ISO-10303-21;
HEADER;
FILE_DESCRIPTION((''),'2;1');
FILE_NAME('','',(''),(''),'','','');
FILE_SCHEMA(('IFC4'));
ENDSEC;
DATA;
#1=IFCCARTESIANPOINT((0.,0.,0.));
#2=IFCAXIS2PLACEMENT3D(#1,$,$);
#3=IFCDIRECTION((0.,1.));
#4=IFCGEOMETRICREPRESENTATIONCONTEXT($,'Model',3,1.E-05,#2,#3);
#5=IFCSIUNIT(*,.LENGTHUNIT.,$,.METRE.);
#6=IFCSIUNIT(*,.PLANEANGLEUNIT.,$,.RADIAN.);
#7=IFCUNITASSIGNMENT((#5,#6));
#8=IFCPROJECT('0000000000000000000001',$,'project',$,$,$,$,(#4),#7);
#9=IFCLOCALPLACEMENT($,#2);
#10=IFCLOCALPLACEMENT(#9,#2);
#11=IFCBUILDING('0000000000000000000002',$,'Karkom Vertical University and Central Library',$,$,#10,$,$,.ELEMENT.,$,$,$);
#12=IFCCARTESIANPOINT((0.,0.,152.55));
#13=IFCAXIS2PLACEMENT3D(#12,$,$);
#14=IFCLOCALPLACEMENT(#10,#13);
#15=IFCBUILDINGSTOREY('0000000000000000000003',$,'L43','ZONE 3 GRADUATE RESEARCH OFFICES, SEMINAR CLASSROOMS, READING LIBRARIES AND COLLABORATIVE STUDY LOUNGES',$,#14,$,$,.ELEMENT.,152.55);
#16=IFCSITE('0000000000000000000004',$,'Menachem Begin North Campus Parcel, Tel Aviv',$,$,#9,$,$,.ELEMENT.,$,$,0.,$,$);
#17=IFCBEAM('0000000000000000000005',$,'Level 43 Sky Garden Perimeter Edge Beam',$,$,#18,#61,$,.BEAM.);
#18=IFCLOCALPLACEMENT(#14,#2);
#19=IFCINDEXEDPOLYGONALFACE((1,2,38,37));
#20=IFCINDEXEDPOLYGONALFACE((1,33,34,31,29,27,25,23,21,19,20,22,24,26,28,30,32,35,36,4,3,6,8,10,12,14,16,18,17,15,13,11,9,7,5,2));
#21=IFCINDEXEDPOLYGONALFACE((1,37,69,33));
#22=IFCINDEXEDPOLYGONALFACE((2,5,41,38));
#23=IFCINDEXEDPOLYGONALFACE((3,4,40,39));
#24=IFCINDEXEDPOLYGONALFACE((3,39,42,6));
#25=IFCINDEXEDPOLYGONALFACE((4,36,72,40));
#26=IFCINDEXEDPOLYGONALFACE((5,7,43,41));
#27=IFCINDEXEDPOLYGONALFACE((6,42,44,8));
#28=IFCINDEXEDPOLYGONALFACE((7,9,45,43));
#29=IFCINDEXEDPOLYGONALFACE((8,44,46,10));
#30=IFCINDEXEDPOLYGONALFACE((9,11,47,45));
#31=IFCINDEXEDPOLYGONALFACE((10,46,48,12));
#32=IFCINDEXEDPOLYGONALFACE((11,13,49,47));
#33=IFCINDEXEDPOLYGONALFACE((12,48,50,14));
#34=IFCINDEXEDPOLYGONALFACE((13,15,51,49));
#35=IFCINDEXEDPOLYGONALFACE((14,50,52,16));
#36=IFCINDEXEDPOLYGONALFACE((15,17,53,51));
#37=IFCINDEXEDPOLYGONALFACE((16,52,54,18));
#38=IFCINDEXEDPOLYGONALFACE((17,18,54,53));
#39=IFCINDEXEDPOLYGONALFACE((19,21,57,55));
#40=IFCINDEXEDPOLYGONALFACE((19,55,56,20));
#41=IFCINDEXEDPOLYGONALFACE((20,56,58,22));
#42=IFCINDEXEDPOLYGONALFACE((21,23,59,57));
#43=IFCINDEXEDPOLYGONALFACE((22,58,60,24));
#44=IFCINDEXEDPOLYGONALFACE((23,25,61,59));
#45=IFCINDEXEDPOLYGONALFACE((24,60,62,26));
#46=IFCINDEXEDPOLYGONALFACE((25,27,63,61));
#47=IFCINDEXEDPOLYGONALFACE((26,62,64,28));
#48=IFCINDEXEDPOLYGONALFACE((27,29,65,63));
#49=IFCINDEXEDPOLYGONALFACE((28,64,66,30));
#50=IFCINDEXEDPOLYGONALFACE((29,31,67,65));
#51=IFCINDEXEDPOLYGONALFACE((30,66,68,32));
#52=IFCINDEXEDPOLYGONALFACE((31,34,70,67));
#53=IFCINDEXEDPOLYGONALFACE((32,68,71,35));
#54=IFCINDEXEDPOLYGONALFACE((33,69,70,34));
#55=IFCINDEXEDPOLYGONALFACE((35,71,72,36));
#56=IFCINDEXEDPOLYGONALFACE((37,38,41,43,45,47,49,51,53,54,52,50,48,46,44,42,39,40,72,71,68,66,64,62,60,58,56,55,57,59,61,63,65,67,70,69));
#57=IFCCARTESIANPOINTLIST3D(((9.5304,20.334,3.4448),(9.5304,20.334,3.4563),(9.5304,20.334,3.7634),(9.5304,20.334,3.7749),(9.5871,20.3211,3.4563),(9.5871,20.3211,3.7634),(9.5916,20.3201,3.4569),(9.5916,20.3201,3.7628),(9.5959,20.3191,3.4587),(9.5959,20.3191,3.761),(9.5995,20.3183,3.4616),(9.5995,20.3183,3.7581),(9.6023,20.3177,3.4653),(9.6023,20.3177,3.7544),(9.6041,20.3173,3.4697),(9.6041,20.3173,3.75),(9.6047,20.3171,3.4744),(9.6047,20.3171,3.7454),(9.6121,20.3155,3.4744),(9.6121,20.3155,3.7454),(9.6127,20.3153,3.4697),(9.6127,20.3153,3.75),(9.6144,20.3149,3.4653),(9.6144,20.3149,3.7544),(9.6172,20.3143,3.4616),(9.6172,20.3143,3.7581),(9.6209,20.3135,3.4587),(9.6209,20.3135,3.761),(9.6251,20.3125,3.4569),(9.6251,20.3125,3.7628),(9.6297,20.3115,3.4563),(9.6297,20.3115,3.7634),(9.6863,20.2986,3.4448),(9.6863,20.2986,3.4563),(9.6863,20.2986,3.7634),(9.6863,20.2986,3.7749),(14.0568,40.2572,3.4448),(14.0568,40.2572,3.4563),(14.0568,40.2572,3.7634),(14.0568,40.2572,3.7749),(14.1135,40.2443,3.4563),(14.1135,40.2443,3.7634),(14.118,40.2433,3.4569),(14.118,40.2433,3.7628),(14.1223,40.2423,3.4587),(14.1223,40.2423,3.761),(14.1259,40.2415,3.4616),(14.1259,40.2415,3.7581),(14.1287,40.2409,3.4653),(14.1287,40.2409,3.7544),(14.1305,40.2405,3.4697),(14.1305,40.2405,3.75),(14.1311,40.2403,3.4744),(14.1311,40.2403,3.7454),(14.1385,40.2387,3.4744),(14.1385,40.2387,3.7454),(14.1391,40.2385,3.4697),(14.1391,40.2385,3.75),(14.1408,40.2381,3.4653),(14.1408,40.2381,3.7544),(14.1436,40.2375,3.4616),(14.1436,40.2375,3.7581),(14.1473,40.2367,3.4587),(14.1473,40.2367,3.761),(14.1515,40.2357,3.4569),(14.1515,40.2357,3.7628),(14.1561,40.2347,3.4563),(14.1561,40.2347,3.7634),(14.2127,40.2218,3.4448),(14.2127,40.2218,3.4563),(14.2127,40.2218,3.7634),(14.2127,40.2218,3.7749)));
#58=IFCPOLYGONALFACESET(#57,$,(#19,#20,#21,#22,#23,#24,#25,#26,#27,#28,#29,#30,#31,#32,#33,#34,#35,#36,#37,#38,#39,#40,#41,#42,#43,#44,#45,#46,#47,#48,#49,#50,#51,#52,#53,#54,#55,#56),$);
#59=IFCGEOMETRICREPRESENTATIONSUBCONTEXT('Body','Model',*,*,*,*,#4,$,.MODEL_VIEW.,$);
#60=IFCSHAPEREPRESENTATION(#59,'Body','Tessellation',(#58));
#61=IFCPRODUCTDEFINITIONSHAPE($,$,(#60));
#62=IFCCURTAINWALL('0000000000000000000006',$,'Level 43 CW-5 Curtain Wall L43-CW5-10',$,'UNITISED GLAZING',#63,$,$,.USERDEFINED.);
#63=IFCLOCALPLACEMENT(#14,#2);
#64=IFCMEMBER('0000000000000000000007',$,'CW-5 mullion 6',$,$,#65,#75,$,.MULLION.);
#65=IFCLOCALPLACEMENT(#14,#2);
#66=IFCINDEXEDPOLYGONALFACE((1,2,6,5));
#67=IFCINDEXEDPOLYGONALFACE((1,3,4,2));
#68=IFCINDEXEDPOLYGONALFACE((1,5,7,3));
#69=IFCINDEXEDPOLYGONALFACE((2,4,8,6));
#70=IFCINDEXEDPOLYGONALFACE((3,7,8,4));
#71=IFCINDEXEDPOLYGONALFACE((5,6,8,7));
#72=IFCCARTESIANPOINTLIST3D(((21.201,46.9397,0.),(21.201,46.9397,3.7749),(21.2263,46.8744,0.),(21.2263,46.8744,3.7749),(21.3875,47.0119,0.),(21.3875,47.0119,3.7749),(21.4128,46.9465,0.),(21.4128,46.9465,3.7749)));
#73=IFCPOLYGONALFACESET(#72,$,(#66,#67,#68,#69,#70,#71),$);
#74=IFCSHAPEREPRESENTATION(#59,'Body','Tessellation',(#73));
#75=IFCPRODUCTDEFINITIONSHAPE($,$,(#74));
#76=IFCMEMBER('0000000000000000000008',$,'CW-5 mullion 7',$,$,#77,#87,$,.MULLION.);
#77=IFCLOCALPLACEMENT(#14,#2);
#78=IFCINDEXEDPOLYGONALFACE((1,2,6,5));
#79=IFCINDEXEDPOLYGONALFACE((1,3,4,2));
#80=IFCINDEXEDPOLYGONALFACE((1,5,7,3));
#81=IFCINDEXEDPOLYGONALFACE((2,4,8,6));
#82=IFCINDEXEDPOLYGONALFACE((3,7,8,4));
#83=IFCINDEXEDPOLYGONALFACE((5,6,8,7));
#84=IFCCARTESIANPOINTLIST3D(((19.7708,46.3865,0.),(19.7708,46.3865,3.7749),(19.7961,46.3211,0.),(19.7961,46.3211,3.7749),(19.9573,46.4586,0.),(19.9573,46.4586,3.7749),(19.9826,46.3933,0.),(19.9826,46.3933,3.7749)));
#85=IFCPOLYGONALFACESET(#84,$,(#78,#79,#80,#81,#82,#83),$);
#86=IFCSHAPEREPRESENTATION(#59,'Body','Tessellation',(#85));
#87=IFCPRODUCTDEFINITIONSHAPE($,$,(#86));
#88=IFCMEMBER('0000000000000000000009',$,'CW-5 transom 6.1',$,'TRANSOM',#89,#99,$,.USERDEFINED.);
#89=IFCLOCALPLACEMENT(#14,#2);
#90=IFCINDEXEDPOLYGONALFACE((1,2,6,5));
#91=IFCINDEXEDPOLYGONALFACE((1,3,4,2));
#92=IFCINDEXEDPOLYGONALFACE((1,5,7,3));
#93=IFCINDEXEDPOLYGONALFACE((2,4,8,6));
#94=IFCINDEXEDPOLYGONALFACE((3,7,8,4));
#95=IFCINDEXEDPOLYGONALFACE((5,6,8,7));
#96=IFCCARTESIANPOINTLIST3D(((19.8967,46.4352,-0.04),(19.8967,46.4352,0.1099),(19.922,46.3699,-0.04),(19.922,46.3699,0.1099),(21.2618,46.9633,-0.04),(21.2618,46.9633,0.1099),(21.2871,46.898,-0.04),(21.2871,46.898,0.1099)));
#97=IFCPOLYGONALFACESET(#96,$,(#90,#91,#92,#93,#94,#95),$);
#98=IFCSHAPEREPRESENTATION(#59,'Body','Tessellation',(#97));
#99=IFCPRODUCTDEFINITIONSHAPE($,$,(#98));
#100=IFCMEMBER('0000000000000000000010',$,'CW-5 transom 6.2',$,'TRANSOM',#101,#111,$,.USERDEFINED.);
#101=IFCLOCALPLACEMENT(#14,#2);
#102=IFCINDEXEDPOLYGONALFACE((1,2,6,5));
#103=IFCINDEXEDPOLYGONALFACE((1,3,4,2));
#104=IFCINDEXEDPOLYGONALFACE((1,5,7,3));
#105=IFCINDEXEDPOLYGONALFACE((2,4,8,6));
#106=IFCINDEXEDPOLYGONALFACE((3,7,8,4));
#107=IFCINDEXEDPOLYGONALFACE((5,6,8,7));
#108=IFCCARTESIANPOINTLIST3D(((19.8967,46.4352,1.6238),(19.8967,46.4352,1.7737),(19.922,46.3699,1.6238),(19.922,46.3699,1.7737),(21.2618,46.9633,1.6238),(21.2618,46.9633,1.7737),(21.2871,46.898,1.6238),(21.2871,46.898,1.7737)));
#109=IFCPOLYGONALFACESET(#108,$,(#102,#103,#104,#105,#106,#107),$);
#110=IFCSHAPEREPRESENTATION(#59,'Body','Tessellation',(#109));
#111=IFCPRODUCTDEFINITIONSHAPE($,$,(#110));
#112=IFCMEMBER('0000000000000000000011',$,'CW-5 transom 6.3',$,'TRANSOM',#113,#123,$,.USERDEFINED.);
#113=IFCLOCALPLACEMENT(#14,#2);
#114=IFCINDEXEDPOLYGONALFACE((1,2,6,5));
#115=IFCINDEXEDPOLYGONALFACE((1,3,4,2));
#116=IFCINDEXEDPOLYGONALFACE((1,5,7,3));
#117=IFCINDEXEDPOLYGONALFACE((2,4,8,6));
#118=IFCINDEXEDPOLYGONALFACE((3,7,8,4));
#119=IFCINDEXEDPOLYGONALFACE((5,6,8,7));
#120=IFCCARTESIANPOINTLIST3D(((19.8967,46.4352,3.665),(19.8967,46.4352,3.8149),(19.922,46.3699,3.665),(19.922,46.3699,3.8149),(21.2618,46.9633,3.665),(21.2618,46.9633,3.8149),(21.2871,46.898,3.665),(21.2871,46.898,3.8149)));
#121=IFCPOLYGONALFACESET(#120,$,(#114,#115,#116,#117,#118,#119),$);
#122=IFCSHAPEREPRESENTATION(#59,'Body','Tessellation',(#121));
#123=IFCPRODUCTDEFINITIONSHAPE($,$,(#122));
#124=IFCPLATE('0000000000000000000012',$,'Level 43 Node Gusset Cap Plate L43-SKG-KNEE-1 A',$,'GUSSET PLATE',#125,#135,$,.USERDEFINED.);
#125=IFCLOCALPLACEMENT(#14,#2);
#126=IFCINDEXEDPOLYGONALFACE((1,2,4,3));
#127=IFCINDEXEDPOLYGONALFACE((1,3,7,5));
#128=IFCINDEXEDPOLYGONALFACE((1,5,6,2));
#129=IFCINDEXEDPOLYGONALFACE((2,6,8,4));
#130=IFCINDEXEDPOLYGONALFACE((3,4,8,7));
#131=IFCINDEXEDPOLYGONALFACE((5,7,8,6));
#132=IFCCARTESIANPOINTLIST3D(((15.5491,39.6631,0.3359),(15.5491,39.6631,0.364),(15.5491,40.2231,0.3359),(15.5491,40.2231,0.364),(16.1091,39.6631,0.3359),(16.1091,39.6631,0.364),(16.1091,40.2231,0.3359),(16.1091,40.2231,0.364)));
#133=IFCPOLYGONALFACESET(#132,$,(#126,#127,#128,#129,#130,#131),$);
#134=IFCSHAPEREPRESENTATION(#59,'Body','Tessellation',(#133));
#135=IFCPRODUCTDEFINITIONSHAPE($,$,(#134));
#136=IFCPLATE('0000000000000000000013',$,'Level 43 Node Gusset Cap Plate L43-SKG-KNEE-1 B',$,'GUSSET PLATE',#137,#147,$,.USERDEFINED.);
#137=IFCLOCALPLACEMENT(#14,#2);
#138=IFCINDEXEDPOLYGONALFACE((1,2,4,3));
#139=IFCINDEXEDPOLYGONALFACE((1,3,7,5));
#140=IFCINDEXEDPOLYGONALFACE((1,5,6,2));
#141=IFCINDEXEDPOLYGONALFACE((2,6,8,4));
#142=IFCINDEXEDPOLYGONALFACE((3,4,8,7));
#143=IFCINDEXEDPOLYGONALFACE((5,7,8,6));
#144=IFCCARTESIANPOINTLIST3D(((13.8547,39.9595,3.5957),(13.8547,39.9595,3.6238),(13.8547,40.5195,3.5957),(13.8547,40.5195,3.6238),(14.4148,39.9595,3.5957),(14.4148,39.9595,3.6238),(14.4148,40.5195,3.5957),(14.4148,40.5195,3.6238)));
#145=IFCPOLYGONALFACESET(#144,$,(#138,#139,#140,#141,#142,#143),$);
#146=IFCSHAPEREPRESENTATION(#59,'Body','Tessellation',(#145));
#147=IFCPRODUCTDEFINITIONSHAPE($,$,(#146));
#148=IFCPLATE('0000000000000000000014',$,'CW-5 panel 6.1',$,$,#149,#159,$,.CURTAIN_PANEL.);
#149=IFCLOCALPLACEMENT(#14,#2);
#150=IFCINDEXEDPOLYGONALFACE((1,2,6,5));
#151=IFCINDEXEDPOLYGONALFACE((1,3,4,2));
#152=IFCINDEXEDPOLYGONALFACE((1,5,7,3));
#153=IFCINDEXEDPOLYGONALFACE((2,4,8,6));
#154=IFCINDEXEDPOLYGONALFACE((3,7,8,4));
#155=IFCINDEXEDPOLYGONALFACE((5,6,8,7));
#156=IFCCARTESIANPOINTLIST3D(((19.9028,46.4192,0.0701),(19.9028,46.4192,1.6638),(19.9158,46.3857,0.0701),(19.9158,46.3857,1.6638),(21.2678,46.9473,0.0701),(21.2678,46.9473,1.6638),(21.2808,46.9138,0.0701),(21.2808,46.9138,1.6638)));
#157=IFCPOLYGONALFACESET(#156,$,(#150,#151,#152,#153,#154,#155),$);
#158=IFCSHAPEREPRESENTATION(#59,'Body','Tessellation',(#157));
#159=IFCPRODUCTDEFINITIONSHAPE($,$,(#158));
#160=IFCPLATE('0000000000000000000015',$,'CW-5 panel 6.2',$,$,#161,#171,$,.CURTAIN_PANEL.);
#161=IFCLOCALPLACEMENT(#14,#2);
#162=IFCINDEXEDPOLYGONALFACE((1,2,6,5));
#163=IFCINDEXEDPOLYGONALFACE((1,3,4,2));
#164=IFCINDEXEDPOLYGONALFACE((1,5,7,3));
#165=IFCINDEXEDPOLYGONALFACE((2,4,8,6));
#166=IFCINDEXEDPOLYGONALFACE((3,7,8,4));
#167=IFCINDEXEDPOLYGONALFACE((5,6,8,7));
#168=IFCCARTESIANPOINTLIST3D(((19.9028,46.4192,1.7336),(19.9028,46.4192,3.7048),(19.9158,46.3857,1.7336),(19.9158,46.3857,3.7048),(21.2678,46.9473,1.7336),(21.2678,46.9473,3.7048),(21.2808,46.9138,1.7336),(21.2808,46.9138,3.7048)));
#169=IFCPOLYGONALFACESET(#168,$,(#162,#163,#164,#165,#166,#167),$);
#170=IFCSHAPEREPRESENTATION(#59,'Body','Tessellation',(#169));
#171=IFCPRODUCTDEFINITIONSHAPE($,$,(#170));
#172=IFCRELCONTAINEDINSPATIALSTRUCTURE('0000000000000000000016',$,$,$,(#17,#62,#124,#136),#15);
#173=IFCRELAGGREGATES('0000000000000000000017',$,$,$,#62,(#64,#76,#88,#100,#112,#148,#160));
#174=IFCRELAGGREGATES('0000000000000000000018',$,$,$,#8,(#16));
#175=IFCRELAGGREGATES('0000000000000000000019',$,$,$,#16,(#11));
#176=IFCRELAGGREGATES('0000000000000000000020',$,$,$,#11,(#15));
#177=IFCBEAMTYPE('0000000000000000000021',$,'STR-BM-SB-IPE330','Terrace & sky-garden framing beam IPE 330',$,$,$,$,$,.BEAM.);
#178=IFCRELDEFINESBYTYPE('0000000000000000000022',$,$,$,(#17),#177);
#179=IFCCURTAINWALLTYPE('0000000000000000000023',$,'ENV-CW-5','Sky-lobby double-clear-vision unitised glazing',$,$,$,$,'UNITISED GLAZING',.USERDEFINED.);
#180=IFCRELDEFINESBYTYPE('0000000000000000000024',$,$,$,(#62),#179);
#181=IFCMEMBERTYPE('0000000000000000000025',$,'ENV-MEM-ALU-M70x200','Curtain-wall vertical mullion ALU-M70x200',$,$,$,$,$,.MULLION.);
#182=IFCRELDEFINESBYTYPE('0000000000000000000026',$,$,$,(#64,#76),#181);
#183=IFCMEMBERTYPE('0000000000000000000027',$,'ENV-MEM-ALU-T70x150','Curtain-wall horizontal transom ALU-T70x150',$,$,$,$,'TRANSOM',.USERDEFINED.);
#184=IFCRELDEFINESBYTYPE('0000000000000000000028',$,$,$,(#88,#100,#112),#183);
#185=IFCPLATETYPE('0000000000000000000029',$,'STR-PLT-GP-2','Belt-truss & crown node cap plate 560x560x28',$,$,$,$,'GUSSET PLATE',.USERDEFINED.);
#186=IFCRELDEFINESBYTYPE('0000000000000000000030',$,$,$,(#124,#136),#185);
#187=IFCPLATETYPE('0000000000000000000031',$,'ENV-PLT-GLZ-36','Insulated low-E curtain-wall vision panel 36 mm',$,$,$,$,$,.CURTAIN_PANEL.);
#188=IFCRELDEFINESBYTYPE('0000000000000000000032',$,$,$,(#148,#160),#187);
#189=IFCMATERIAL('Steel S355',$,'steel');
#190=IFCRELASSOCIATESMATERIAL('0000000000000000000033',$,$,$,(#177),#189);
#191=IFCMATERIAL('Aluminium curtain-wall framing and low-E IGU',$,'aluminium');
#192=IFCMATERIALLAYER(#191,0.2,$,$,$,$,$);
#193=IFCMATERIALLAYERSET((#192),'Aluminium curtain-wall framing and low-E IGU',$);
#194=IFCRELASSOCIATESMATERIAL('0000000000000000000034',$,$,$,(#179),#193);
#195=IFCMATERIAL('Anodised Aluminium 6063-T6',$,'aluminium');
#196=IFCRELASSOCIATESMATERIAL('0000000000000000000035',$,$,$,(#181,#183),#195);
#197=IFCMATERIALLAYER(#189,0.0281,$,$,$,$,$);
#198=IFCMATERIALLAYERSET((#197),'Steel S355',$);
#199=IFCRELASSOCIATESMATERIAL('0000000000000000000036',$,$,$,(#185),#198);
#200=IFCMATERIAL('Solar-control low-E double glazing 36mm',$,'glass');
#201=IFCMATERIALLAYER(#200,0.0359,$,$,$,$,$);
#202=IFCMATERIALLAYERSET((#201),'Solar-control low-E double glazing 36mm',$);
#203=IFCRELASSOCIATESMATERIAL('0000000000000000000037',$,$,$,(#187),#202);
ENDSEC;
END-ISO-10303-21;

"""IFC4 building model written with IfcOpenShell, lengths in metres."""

from ifc_helpers import new_model, si_unit, direction, frame, origin, origin_with_axes, origin_2d, place, context, subcontext, project, spatial, rectangle, i_section, extrude, source, transform, mapped, material, layer, layer_set, material_profile, profile_set, type_object, element, aggregate, save


model = new_model("IFC4")

# Units and contexts
model_context = context("Model", 3, precision=1e-05, world=origin(), true_north=direction((0.0, 1.0)))
body_context = subcontext(model_context, "Body", "Model", "MODEL_VIEW")
ifc_project = project(units=[si_unit("LENGTHUNIT", "METRE"), si_unit("PLANEANGLEUNIT", "RADIAN")], contexts=[model_context])

# Site, building, storey
site_placement = place(None, origin())
site = spatial("IfcSite", under=ifc_project, at=site_placement, Name="Menachem Begin North Campus Parcel, Tel Aviv", CompositionType="ELEMENT", RefElevation=0.0)
building_placement = place(site_placement, origin())
building = spatial("IfcBuilding", under=site, at=building_placement, Name="Karkom Vertical University and Central Library", CompositionType="ELEMENT")
storey_placement = place(building_placement, frame((0.0, 0.0, 152.55)))
storey = spatial("IfcBuildingStorey", under=building, at=storey_placement, Name="L43", Description="ZONE 3 GRADUATE RESEARCH OFFICES, SEMINAR CLASSROOMS, READING LIBRARIES AND COLLABORATIVE STUDY LOUNGES", CompositionType="ELEMENT", Elevation=152.55)

# Shared definitions
ifc_material_1 = material(Name="Steel S355", Category="steel")
ifc_material_profile_1 = material_profile(ifc_material_1, i_section(OverallWidth=0.1599, OverallDepth=0.3301, WebThickness=0.0076, FlangeThickness=0.0115, FilletRadius=0.0181, at=origin_2d()), Name="IPE 330")
ifc_profile_set_1 = profile_set([ifc_material_profile_1], Name="Steel S355")
beam_type_1 = type_object("IfcBeamType", Name="STR-BM-SB-IPE330", Description="Terrace & sky-garden framing beam IPE 330", PredefinedType="BEAM", material=ifc_profile_set_1)

# Beam
shared_shape_1 = source(origin_with_axes(), body_context, "Body", "SweptSolid", [
    extrude(i_section(OverallWidth=0.1599, OverallDepth=0.3301, WebThickness=0.0076, FlangeThickness=0.0115, FilletRadius=0.0181, at=origin_2d()), origin(), (0.0, 0.0, 1.0), 20.4309),
])
beam_1_placement = place(storey_placement, frame((14.1348, 40.2395, 3.6099), z_axis=(-0.221546, -0.97515, 0.0), x_axis=(0.97515, -0.221546, 0.0)))
element("IfcBeam", 1, at=beam_1_placement, inside=storey, type_object=beam_type_1, Name="Level 43 Sky Garden Perimeter Edge Beam", PredefinedType="BEAM", context=body_context, shape_type="MappedRepresentation", body=[
    mapped(shared_shape_1, transform((0.0, 0.0, 0.0), scale=1.0)),
])

# Curtain wall, members
ifc_material_2 = material(Name="Aluminium curtain-wall framing and low-E IGU", Category="aluminium")
ifc_layer_1 = layer(ifc_material_2, 0.2)
ifc_layer_set_1 = layer_set([ifc_layer_1], Name="Aluminium curtain-wall framing and low-E IGU")
curtain_wall_type = type_object("IfcCurtainWallType", Name="ENV-CW-5", Description="Sky-lobby double-clear-vision unitised glazing", ElementType="UNITISED GLAZING", PredefinedType="USERDEFINED", material=ifc_layer_set_1)
curtain_wall_placement = place(storey_placement, origin())
curtain_wall = element("IfcCurtainWall", 2, at=curtain_wall_placement, inside=storey, type_object=curtain_wall_type, Name="Level 43 CW-5 Curtain Wall L43-CW5-10", ObjectType="UNITISED GLAZING", PredefinedType="USERDEFINED")
ifc_material_3 = material(Name="Anodised Aluminium 6063-T6", Category="aluminium")
ifc_material_profile_2 = material_profile(ifc_material_3, rectangle(XDim=0.0701, YDim=0.2, at=origin_2d()), Name="ALU-M70x200")
ifc_profile_set_2 = profile_set([ifc_material_profile_2], Name="Anodised Aluminium 6063-T6")
member_type_1 = type_object("IfcMemberType", Name="ENV-MEM-ALU-M70x200", Description="Curtain-wall vertical mullion ALU-M70x200", PredefinedType="MULLION", material=ifc_profile_set_2)
shared_shape_2 = source(origin_with_axes(), body_context, "Body", "SweptSolid", [
    extrude(rectangle(XDim=0.0701, YDim=0.2, at=origin_2d()), origin(), (0.0, 0.0, 1.0), 3.7749),
])
member_1_placement = place(storey_placement, frame((21.3069, 46.9431, 0.0), z_axis=(0.0, 0.0, 1.0), x_axis=(0.360798, -0.932644, 0.0)))
member_1 = element("IfcMember", 3, at=member_1_placement, type_object=member_type_1, Name="CW-5 mullion 6", PredefinedType="MULLION", context=body_context, shape_type="MappedRepresentation", body=[
    mapped(shared_shape_2, transform((0.0, 0.0, 0.0), scale=1.0)),
])
member_2_placement = place(storey_placement, frame((19.8767, 46.3899, 0.0), z_axis=(0.0, 0.0, 1.0), x_axis=(0.360798, -0.932644, 0.0)))
member_2 = element("IfcMember", 4, at=member_2_placement, type_object=member_type_1, Name="CW-5 mullion 7", PredefinedType="MULLION", context=body_context, shape_type="MappedRepresentation", body=[
    mapped(shared_shape_2, transform((0.0, 0.0, 0.0), scale=1.0)),
])
ifc_material_profile_3 = material_profile(ifc_material_3, rectangle(XDim=0.0701, YDim=0.1499, at=origin_2d()), Name="ALU-T70x150")
ifc_profile_set_3 = profile_set([ifc_material_profile_3], Name="Anodised Aluminium 6063-T6")
member_type_2 = type_object("IfcMemberType", Name="ENV-MEM-ALU-T70x150", Description="Curtain-wall horizontal transom ALU-T70x150", ElementType="TRANSOM", PredefinedType="USERDEFINED", material=ifc_profile_set_3)
shared_shape_3 = source(origin_with_axes(), body_context, "Body", "SweptSolid", [
    extrude(rectangle(XDim=0.0701, YDim=0.1499, at=origin_2d()), origin(), (0.0, 0.0, 1.0), 1.4636),
])
member_3_placement = place(storey_placement, frame((21.2744, 46.9307, 0.0349), z_axis=(-0.932639, -0.360812, 0.0), x_axis=(0.360812, -0.932639, 0.0)))
member_3 = element("IfcMember", 5, at=member_3_placement, type_object=member_type_2, Name="CW-5 transom 6.1", ObjectType="TRANSOM", PredefinedType="USERDEFINED", context=body_context, shape_type="MappedRepresentation", body=[
    mapped(shared_shape_3, transform((0.0, 0.0, 0.0), scale=1.0)),
])
member_4_placement = place(storey_placement, frame((21.2744, 46.9307, 1.6987), z_axis=(-0.932639, -0.360812, 0.0), x_axis=(0.360812, -0.932639, 0.0)))
member_4 = element("IfcMember", 6, at=member_4_placement, type_object=member_type_2, Name="CW-5 transom 6.2", ObjectType="TRANSOM", PredefinedType="USERDEFINED", context=body_context, shape_type="MappedRepresentation", body=[
    mapped(shared_shape_3, transform((0.0, 0.0, 0.0), scale=1.0)),
])
member_5_placement = place(storey_placement, frame((21.2744, 46.9307, 3.74), z_axis=(-0.932639, -0.360812, 0.0), x_axis=(0.360812, -0.932639, 0.0)))
member_5 = element("IfcMember", 7, at=member_5_placement, type_object=member_type_2, Name="CW-5 transom 6.3", ObjectType="TRANSOM", PredefinedType="USERDEFINED", context=body_context, shape_type="MappedRepresentation", body=[
    mapped(shared_shape_3, transform((0.0, 0.0, 0.0), scale=1.0)),
])

# Plates
ifc_layer_2 = layer(ifc_material_1, 0.0281)
ifc_layer_set_2 = layer_set([ifc_layer_2], Name="Steel S355")
plate_type_1 = type_object("IfcPlateType", Name="STR-PLT-GP-2", Description="Belt-truss & crown node cap plate 560x560x28", ElementType="GUSSET PLATE", PredefinedType="USERDEFINED", material=ifc_layer_set_2)
shared_shape_4 = source(origin_with_axes(), body_context, "Body", "SweptSolid", [
    extrude(rectangle(XDim=0.5601, YDim=0.5601, at=origin_2d()), origin(), (0.0, 0.0, 1.0), 0.0281),
])
for number, where, z_axis, x_axis, name in (
    (8, (15.8291, 39.9431, 0.3359), (0.0, 0.0, 1.0), (1.0, 0.0, 0.0), "Level 43 Node Gusset Cap Plate L43-SKG-KNEE-1 A"),
    (9, (14.1348, 40.2395, 3.5957), (0.0, 0.0, 1.0), (1.0, 0.0, 0.0), "Level 43 Node Gusset Cap Plate L43-SKG-KNEE-1 B"),
):
    element("IfcPlate", number, at=place(storey_placement, frame(where, z_axis=z_axis, x_axis=x_axis)), inside=storey, type_object=plate_type_1, Name=name, ObjectType="GUSSET PLATE", PredefinedType="USERDEFINED", context=body_context, shape_type="MappedRepresentation", body=[
        mapped(shared_shape_4, transform((0.0, 0.0, 0.0), scale=1.0)),
    ])

# Plates
ifc_material_4 = material(Name="Solar-control low-E double glazing 36mm", Category="glass")
ifc_layer_3 = layer(ifc_material_4, 0.0359)
ifc_layer_set_3 = layer_set([ifc_layer_3], Name="Solar-control low-E double glazing 36mm")
plate_type_2 = type_object("IfcPlateType", Name="ENV-PLT-GLZ-36", Description="Insulated low-E curtain-wall vision panel 36 mm", PredefinedType="CURTAIN_PANEL", material=ifc_layer_set_3)
shared_shape_5 = source(origin_with_axes(), body_context, "Body", "SweptSolid", [
    extrude(rectangle(XDim=1.4636, YDim=0.0359, at=origin_2d()), origin(), (0.0, 0.0, 1.0), 1.5938),
])
plate_1_placement = place(storey_placement, frame((20.5918, 46.6665, 0.0701), z_axis=(0.0, 0.0, 1.0), x_axis=(-0.932644, -0.360798, 0.0)))
plate_1 = element("IfcPlate", 10, at=plate_1_placement, type_object=plate_type_2, Name="CW-5 panel 6.1", PredefinedType="CURTAIN_PANEL", context=body_context, shape_type="MappedRepresentation", body=[
    mapped(shared_shape_5, transform((0.0, 0.0, 0.0), scale=1.0)),
])
shared_shape_6 = source(origin_with_axes(), body_context, "Body", "SweptSolid", [
    extrude(rectangle(XDim=1.4636, YDim=0.0359, at=origin_2d()), origin(), (0.0, 0.0, 1.0), 1.9712),
])
plate_2_placement = place(storey_placement, frame((20.5918, 46.6665, 1.7336), z_axis=(0.0, 0.0, 1.0), x_axis=(-0.932644, -0.360798, 0.0)))
plate_2 = element("IfcPlate", 11, at=plate_2_placement, type_object=plate_type_2, Name="CW-5 panel 6.2", PredefinedType="CURTAIN_PANEL", context=body_context, shape_type="MappedRepresentation", body=[
    mapped(shared_shape_6, transform((0.0, 0.0, 0.0), scale=1.0)),
])
aggregate(curtain_wall, [member_1, member_2, member_3, member_4, member_5, plate_1, plate_2])

save(model, "model.ifc")
